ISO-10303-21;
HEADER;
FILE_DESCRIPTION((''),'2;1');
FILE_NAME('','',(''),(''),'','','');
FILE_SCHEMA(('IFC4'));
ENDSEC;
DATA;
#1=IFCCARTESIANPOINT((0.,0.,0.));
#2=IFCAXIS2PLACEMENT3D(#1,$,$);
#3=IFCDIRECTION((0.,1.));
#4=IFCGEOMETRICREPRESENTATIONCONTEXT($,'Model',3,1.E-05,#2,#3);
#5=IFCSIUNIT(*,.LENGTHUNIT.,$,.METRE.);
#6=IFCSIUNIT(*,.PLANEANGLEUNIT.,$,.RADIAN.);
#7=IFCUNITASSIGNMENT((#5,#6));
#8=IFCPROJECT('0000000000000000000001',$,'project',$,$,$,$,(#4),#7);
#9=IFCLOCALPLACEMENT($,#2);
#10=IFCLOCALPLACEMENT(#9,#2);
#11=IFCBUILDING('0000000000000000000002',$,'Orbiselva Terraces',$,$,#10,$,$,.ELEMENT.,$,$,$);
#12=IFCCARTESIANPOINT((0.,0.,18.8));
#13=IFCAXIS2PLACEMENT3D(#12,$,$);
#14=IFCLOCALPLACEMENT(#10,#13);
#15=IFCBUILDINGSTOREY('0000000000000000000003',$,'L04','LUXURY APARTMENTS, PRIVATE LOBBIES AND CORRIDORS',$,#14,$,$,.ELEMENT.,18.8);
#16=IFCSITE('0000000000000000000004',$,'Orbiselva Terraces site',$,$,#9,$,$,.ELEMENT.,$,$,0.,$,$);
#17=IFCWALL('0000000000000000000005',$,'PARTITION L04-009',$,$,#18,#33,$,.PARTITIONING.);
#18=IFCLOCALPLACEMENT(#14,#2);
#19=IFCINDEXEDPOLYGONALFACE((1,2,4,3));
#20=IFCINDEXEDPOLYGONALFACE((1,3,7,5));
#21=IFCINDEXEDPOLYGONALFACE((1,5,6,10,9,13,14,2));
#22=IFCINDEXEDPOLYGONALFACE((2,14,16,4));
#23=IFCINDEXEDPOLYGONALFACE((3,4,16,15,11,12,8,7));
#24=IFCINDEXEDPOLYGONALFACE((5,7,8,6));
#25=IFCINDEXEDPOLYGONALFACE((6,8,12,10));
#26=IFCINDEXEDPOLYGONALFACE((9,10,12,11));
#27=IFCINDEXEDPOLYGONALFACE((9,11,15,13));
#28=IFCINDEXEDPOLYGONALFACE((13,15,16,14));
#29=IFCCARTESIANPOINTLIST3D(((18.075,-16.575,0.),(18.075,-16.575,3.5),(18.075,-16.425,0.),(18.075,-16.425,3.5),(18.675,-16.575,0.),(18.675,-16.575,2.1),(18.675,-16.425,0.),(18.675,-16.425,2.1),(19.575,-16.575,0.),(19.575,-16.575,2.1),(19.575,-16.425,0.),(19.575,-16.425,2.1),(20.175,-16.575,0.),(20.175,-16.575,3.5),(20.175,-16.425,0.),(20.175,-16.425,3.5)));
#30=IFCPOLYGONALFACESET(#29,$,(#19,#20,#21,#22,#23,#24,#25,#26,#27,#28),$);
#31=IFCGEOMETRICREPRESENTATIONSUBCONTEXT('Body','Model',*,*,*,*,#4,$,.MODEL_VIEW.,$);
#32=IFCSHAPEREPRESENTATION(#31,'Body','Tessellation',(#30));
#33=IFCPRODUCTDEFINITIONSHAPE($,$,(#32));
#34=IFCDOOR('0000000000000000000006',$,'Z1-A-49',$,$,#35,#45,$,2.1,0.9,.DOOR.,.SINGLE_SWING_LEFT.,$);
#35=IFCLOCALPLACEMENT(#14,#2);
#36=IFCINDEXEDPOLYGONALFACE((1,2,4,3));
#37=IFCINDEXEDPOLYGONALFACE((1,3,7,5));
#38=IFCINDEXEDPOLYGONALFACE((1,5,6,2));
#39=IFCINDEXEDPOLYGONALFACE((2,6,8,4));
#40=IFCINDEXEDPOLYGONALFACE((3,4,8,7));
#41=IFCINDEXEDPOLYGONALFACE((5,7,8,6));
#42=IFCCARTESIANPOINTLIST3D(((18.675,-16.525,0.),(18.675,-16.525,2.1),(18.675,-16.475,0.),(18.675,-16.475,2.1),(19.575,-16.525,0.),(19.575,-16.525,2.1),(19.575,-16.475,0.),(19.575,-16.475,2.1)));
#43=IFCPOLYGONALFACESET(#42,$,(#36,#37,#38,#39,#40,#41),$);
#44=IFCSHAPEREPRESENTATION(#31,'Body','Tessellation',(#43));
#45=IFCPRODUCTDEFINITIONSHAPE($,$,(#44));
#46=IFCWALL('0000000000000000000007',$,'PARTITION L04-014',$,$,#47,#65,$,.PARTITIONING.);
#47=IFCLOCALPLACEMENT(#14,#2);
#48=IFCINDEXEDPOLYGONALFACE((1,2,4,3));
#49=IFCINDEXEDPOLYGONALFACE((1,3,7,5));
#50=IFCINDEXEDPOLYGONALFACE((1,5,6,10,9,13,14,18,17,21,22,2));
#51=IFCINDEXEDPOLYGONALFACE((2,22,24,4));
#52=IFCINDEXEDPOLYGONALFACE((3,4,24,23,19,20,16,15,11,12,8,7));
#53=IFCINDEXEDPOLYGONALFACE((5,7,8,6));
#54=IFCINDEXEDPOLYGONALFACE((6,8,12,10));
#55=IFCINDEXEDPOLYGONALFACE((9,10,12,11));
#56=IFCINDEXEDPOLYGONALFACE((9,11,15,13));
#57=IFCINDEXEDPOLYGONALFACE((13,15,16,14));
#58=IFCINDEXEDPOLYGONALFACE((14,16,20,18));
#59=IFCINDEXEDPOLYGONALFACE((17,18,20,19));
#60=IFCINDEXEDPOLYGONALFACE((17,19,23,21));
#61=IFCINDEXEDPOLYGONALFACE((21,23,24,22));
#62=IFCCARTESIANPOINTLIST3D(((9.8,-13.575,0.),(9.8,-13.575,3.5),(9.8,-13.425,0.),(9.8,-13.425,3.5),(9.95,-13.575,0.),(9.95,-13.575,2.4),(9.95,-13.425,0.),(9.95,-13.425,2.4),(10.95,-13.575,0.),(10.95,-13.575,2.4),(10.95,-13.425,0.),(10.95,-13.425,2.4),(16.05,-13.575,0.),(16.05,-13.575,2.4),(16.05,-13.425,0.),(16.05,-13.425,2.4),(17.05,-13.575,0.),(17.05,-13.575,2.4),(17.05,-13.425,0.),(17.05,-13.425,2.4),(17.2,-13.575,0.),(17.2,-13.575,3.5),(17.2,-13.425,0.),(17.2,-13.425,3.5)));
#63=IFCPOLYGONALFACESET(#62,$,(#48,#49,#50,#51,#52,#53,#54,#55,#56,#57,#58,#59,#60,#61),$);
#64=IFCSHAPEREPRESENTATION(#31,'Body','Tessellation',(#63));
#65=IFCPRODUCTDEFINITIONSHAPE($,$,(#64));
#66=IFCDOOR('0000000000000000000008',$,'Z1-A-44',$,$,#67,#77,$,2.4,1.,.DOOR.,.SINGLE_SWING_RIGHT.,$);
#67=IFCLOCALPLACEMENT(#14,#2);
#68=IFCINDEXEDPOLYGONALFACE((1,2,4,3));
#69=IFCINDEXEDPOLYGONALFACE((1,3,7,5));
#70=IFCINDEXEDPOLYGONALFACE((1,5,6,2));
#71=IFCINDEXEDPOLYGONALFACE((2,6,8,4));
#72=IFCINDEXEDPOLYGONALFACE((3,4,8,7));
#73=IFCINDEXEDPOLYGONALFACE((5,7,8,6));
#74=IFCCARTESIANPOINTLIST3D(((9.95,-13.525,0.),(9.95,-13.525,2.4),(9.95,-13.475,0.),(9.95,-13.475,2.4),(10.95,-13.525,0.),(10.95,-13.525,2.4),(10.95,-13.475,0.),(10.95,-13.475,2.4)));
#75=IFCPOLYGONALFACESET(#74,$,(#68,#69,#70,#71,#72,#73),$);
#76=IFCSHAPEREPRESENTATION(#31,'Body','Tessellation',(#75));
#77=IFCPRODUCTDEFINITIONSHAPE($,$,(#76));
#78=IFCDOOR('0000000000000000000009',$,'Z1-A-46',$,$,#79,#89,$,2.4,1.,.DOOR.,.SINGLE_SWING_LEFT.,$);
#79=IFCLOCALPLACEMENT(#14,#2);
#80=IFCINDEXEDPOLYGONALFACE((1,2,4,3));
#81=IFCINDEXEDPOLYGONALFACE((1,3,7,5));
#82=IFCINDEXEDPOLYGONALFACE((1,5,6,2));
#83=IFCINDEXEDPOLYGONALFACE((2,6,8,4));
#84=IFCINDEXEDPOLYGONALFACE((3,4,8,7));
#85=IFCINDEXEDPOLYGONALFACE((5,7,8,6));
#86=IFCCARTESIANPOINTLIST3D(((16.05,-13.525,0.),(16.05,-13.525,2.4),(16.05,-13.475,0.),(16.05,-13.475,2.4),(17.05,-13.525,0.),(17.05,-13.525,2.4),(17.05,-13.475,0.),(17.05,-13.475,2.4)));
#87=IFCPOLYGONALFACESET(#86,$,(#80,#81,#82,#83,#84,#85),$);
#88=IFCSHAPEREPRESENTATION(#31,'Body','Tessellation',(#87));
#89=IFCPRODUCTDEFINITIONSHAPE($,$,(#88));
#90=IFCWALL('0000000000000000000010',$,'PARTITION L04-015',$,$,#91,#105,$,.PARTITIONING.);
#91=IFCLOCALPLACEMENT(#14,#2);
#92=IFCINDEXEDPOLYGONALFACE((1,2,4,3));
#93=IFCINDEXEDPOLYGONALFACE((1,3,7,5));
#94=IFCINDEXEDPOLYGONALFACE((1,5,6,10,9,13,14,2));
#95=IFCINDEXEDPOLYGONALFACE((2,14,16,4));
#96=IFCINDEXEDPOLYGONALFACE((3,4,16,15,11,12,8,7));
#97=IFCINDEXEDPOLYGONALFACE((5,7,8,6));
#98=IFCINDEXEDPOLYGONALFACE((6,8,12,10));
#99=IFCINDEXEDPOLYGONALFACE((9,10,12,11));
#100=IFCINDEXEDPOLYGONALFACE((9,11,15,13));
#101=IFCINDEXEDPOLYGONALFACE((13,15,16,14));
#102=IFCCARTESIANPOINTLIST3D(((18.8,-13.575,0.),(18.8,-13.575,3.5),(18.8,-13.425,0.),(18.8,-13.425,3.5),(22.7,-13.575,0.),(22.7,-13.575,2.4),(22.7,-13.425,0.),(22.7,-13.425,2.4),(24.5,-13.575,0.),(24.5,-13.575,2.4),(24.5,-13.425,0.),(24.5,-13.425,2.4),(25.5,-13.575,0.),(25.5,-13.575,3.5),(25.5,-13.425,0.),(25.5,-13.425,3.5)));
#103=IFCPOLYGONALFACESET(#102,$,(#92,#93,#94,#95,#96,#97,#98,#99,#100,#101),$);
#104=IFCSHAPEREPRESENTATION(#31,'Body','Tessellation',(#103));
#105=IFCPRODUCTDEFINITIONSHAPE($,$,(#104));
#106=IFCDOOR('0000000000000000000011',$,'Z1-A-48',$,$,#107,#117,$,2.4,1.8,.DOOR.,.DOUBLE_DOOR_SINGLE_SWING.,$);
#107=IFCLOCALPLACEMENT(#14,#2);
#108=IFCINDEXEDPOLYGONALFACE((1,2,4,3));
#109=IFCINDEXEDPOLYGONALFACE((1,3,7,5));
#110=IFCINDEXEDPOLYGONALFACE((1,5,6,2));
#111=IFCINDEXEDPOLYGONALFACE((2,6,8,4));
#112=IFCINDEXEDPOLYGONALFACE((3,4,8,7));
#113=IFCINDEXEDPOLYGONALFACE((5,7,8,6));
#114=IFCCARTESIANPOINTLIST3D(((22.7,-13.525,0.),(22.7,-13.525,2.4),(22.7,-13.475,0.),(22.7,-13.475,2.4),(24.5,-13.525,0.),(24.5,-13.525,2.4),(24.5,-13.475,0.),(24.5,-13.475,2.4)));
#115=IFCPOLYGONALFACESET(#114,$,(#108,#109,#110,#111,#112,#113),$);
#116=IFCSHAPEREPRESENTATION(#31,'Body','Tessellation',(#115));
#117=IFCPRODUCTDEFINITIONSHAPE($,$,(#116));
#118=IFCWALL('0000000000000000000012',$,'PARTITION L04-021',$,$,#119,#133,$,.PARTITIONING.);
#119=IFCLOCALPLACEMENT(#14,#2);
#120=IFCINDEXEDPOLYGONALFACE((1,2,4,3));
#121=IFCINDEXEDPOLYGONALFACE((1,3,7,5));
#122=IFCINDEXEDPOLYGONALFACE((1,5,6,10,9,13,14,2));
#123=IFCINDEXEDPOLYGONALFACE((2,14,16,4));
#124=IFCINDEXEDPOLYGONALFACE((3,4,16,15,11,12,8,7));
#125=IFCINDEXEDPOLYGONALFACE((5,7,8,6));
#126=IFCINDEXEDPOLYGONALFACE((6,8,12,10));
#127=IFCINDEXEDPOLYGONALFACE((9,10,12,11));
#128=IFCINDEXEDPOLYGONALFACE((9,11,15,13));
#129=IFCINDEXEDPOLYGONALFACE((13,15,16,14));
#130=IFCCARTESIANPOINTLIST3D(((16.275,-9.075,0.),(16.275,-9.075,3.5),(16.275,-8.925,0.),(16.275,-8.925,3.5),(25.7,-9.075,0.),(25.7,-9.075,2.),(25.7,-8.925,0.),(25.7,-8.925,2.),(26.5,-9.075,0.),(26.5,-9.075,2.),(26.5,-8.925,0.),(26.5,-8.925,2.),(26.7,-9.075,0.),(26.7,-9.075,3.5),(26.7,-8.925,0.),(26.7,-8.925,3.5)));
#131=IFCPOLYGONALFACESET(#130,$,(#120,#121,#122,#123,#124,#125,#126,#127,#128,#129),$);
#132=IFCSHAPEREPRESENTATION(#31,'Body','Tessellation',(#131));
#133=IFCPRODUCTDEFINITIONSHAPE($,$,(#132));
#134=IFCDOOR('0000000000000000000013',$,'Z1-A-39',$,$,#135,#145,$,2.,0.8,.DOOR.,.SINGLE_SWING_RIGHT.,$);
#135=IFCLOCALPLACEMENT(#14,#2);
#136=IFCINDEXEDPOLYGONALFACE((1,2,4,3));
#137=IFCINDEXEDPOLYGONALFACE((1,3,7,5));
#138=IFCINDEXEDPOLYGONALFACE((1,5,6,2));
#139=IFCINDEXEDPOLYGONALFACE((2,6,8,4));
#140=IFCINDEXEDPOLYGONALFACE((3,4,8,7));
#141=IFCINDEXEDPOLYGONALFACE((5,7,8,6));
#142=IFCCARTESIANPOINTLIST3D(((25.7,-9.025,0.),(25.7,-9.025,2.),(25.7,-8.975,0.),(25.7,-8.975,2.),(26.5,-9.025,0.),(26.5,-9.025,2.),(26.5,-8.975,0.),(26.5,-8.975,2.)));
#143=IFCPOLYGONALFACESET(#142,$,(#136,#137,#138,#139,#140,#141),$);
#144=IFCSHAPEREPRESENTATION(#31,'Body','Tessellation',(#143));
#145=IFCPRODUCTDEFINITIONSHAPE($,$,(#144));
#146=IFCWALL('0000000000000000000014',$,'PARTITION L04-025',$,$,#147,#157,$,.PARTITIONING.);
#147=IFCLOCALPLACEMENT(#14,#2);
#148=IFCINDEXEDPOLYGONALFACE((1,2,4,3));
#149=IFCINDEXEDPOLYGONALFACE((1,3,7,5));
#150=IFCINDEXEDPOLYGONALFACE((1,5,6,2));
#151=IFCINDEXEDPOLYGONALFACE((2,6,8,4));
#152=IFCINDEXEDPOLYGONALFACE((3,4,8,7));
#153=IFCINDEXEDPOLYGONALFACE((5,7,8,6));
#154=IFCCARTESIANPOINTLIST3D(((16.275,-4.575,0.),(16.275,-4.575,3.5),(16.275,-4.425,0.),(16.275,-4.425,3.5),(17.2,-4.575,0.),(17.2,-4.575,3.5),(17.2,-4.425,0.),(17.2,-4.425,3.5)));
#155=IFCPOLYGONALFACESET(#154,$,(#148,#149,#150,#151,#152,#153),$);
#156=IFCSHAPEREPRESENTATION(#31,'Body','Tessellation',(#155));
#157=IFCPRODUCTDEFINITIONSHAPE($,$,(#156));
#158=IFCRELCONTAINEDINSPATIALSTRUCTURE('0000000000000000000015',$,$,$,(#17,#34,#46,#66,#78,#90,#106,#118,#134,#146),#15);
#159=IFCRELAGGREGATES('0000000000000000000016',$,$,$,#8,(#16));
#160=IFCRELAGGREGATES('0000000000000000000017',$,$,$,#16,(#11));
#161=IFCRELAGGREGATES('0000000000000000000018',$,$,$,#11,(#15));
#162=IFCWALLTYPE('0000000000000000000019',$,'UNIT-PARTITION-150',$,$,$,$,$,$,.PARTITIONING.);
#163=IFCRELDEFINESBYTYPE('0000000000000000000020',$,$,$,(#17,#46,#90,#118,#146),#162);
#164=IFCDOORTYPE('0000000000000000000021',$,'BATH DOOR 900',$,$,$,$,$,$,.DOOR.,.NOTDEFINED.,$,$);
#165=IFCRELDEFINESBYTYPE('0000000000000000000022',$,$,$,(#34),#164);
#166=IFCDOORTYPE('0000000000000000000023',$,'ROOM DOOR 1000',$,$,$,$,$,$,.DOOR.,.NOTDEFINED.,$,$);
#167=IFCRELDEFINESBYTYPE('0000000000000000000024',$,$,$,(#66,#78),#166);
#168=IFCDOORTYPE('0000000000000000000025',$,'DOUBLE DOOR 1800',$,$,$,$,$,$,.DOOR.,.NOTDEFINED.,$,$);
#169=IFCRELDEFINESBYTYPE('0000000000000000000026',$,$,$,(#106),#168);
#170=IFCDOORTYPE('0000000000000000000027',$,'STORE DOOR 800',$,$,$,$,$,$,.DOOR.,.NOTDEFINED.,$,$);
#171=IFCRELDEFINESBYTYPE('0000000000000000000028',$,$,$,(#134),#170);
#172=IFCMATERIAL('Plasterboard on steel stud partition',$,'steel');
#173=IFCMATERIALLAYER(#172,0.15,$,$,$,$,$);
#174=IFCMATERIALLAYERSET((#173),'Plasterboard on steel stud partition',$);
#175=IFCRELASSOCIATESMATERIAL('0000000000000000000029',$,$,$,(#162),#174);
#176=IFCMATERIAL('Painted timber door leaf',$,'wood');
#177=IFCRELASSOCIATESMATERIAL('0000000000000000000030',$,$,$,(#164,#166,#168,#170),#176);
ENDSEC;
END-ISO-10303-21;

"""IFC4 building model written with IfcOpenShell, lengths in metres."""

from ifc_helpers import new_model, si_unit, direction, frame, frame_2d, origin, place, context, subcontext, project, spatial, rectangle, extrude, material, layer, layer_set, type_object, element, fill, save


model = new_model("IFC4")

# Units and contexts
model_context = context("Model", 3, precision=1e-05, world=origin(), true_north=direction((0.0, 1.0)))
body_context = subcontext(model_context, "Body", "Model", "MODEL_VIEW")
ifc_project = project(units=[si_unit("LENGTHUNIT", "METRE"), si_unit("PLANEANGLEUNIT", "RADIAN")], contexts=[model_context])

# Site, building, storey
site_placement = place(None, origin())
site = spatial("IfcSite", under=ifc_project, at=site_placement, Name="Orbiselva Terraces site", CompositionType="ELEMENT", RefElevation=0.0)
building_placement = place(site_placement, origin())
building = spatial("IfcBuilding", under=site, at=building_placement, Name="Orbiselva Terraces", CompositionType="ELEMENT")
storey_placement = place(building_placement, frame((0.0, 0.0, 18.8)))
storey = spatial("IfcBuildingStorey", under=building, at=storey_placement, Name="L04", Description="LUXURY APARTMENTS, PRIVATE LOBBIES AND CORRIDORS", CompositionType="ELEMENT", Elevation=18.8)

# Shared definitions
ifc_material_1 = material(Name="Plasterboard on steel stud partition", Category="steel")

# Wall, opening, door
ifc_layer_1 = layer(ifc_material_1, 0.15)
ifc_layer_set_1 = layer_set([ifc_layer_1], Name="Plasterboard on steel stud partition")
wall_type_1 = type_object("IfcWallType", Name="UNIT-PARTITION-150", PredefinedType="PARTITIONING", material=ifc_layer_set_1)
wall_1_placement = place(storey_placement, frame((18.075, -16.5, 0.0), z_axis=(0.0, 0.0, 1.0), x_axis=(1.0, 0.0, 0.0)))
wall_1 = element("IfcWall", 1, at=wall_1_placement, inside=storey, type_object=wall_type_1, Name="PARTITION L04-009", PredefinedType="PARTITIONING", context=body_context, shape_type="SweptSolid", body=[
    extrude(rectangle(XDim=2.1, YDim=0.15, at=frame_2d((1.05, 0.0))), origin(), (0.0, 0.0, 1.0), 3.5),
])
opening_1_placement = place(wall_1_placement, frame((0.6, 0.0, 0.0)))
opening_1 = element("IfcOpeningElement", 2, at=opening_1_placement, cuts=wall_1, PredefinedType="OPENING", context=body_context, shape_type="SweptSolid", body=[
    extrude(rectangle(XDim=0.9, YDim=2.1, at=frame_2d((0.45, 1.05))), frame((0.0, 0.085, 0.0), z_axis=(0.0, -1.0, 0.0), x_axis=(1.0, 0.0, 0.0)), (0.0, 0.0, 1.0), 0.17),
])
ifc_material_2 = material(Name="Painted timber door leaf", Category="wood")
door_type_1 = type_object("IfcDoorType", Name="BATH DOOR 900", OperationType="NOTDEFINED", PredefinedType="DOOR", material=ifc_material_2)
door_1_placement = place(opening_1_placement, origin())
door_1 = element("IfcDoor", 3, at=door_1_placement, inside=storey, type_object=door_type_1, Name="Z1-A-49", OperationType="SINGLE_SWING_LEFT", OverallHeight=2.1, OverallWidth=0.9, PredefinedType="DOOR", context=body_context, shape_type="SweptSolid", body=[
    extrude(rectangle(XDim=0.9, YDim=2.1, at=frame_2d((0.45, 1.05))), frame((0.0, 0.025, 0.0), z_axis=(0.0, -1.0, 0.0), x_axis=(1.0, 0.0, 0.0)), (0.0, 0.0, 1.0), 0.05),
])
fill(opening_1, door_1)

# Wall, openings, doors
wall_2_placement = place(storey_placement, frame((17.2, -13.5, 0.0), z_axis=(0.0, 0.0, 1.0), x_axis=(-1.0, 0.0, 0.0)))
wall_2 = element("IfcWall", 4, at=wall_2_placement, inside=storey, type_object=wall_type_1, Name="PARTITION L04-014", PredefinedType="PARTITIONING", context=body_context, shape_type="SweptSolid", body=[
    extrude(rectangle(XDim=7.4, YDim=0.15, at=frame_2d((3.7, 0.0))), origin(), (0.0, 0.0, 1.0), 3.5),
])
opening_2_placement = place(wall_2_placement, frame((6.25, 0.0, 0.0)))
opening_2 = element("IfcOpeningElement", 5, at=opening_2_placement, cuts=wall_2, PredefinedType="OPENING", context=body_context, shape_type="SweptSolid", body=[
    extrude(rectangle(XDim=1.0, YDim=2.4, at=frame_2d((0.5, 1.2))), frame((0.0, 0.085, 0.0), z_axis=(0.0, -1.0, 0.0), x_axis=(1.0, 0.0, 0.0)), (0.0, 0.0, 1.0), 0.17),
])
opening_3_placement = place(wall_2_placement, frame((0.15, 0.0, 0.0)))
opening_3 = element("IfcOpeningElement", 6, at=opening_3_placement, cuts=wall_2, PredefinedType="OPENING", context=body_context, shape_type="SweptSolid", body=[
    extrude(rectangle(XDim=1.0, YDim=2.4, at=frame_2d((0.5, 1.2))), frame((0.0, 0.085, 0.0), z_axis=(0.0, -1.0, 0.0), x_axis=(1.0, 0.0, 0.0)), (0.0, 0.0, 1.0), 0.17),
])
door_type_2 = type_object("IfcDoorType", Name="ROOM DOOR 1000", OperationType="NOTDEFINED", PredefinedType="DOOR", material=ifc_material_2)
door_2_placement = place(opening_2_placement, origin())
door_2 = element("IfcDoor", 7, at=door_2_placement, inside=storey, type_object=door_type_2, Name="Z1-A-44", OperationType="SINGLE_SWING_RIGHT", OverallHeight=2.4, OverallWidth=1.0, PredefinedType="DOOR", context=body_context, shape_type="SweptSolid", body=[
    extrude(rectangle(XDim=1.0, YDim=2.4, at=frame_2d((0.5, 1.2))), frame((0.0, 0.025, 0.0), z_axis=(0.0, -1.0, 0.0), x_axis=(1.0, 0.0, 0.0)), (0.0, 0.0, 1.0), 0.05),
])
fill(opening_2, door_2)
door_3_placement = place(opening_3_placement, origin())
door_3 = element("IfcDoor", 8, at=door_3_placement, inside=storey, type_object=door_type_2, Name="Z1-A-46", OperationType="SINGLE_SWING_LEFT", OverallHeight=2.4, OverallWidth=1.0, PredefinedType="DOOR", context=body_context, shape_type="SweptSolid", body=[
    extrude(rectangle(XDim=1.0, YDim=2.4, at=frame_2d((0.5, 1.2))), frame((0.0, 0.025, 0.0), z_axis=(0.0, -1.0, 0.0), x_axis=(1.0, 0.0, 0.0)), (0.0, 0.0, 1.0), 0.05),
])
fill(opening_3, door_3)

# Walls, openings, doors
wall_3_placement = place(storey_placement, frame((25.5, -13.5, 0.0), z_axis=(0.0, 0.0, 1.0), x_axis=(-1.0, 0.0, 0.0)))
wall_3 = element("IfcWall", 9, at=wall_3_placement, inside=storey, type_object=wall_type_1, Name="PARTITION L04-015", PredefinedType="PARTITIONING", context=body_context, shape_type="SweptSolid", body=[
    extrude(rectangle(XDim=6.7, YDim=0.15, at=frame_2d((3.35, 0.0))), origin(), (0.0, 0.0, 1.0), 3.5),
])
opening_4_placement = place(wall_3_placement, frame((1.0, 0.0, 0.0)))
opening_4 = element("IfcOpeningElement", 10, at=opening_4_placement, cuts=wall_3, PredefinedType="OPENING", context=body_context, shape_type="SweptSolid", body=[
    extrude(rectangle(XDim=1.8, YDim=2.4, at=frame_2d((0.9, 1.2))), frame((0.0, 0.085, 0.0), z_axis=(0.0, -1.0, 0.0), x_axis=(1.0, 0.0, 0.0)), (0.0, 0.0, 1.0), 0.17),
])
door_type_3 = type_object("IfcDoorType", Name="DOUBLE DOOR 1800", OperationType="NOTDEFINED", PredefinedType="DOOR", material=ifc_material_2)
door_4_placement = place(opening_4_placement, origin())
door_4 = element("IfcDoor", 11, at=door_4_placement, inside=storey, type_object=door_type_3, Name="Z1-A-48", OperationType="DOUBLE_DOOR_SINGLE_SWING", OverallHeight=2.4, OverallWidth=1.8, PredefinedType="DOOR", context=body_context, shape_type="SweptSolid", body=[
    extrude(rectangle(XDim=1.8, YDim=2.4, at=frame_2d((0.9, 1.2))), frame((0.0, 0.025, 0.0), z_axis=(0.0, -1.0, 0.0), x_axis=(1.0, 0.0, 0.0)), (0.0, 0.0, 1.0), 0.05),
])
fill(opening_4, door_4)
wall_4_placement = place(storey_placement, frame((16.275, -9.0, 0.0), z_axis=(0.0, 0.0, 1.0), x_axis=(1.0, 0.0, 0.0)))
wall_4 = element("IfcWall", 12, at=wall_4_placement, inside=storey, type_object=wall_type_1, Name="PARTITION L04-021", PredefinedType="PARTITIONING", context=body_context, shape_type="SweptSolid", body=[
    extrude(rectangle(XDim=10.425, YDim=0.15, at=frame_2d((5.2125, 0.0))), origin(), (0.0, 0.0, 1.0), 3.5),
])
opening_5_placement = place(wall_4_placement, frame((9.425, 0.0, 0.0)))
opening_5 = element("IfcOpeningElement", 13, at=opening_5_placement, cuts=wall_4, PredefinedType="OPENING", context=body_context, shape_type="SweptSolid", body=[
    extrude(rectangle(XDim=0.8, YDim=2.0, at=frame_2d((0.4, 1.0))), frame((0.0, 0.085, 0.0), z_axis=(0.0, -1.0, 0.0), x_axis=(1.0, 0.0, 0.0)), (0.0, 0.0, 1.0), 0.17),
])
door_type_4 = type_object("IfcDoorType", Name="STORE DOOR 800", OperationType="NOTDEFINED", PredefinedType="DOOR", material=ifc_material_2)
door_5_placement = place(opening_5_placement, origin())
door_5 = element("IfcDoor", 14, at=door_5_placement, inside=storey, type_object=door_type_4, Name="Z1-A-39", OperationType="SINGLE_SWING_RIGHT", OverallHeight=2.0, OverallWidth=0.8, PredefinedType="DOOR", context=body_context, shape_type="SweptSolid", body=[
    extrude(rectangle(XDim=0.8, YDim=2.0, at=frame_2d((0.4, 1.0))), frame((0.0, 0.025, 0.0), z_axis=(0.0, -1.0, 0.0), x_axis=(1.0, 0.0, 0.0)), (0.0, 0.0, 1.0), 0.05),
])
fill(opening_5, door_5)

# Wall
wall_5_placement = place(storey_placement, frame((16.275, -4.5, 0.0), z_axis=(0.0, 0.0, 1.0), x_axis=(1.0, 0.0, 0.0)))
element("IfcWall", 15, at=wall_5_placement, inside=storey, type_object=wall_type_1, Name="PARTITION L04-025", PredefinedType="PARTITIONING", context=body_context, shape_type="SweptSolid", body=[
    extrude(rectangle(XDim=0.925, YDim=0.15, at=frame_2d((0.4625, 0.0))), origin(), (0.0, 0.0, 1.0), 3.5),
])

save(model, "model.ifc")
